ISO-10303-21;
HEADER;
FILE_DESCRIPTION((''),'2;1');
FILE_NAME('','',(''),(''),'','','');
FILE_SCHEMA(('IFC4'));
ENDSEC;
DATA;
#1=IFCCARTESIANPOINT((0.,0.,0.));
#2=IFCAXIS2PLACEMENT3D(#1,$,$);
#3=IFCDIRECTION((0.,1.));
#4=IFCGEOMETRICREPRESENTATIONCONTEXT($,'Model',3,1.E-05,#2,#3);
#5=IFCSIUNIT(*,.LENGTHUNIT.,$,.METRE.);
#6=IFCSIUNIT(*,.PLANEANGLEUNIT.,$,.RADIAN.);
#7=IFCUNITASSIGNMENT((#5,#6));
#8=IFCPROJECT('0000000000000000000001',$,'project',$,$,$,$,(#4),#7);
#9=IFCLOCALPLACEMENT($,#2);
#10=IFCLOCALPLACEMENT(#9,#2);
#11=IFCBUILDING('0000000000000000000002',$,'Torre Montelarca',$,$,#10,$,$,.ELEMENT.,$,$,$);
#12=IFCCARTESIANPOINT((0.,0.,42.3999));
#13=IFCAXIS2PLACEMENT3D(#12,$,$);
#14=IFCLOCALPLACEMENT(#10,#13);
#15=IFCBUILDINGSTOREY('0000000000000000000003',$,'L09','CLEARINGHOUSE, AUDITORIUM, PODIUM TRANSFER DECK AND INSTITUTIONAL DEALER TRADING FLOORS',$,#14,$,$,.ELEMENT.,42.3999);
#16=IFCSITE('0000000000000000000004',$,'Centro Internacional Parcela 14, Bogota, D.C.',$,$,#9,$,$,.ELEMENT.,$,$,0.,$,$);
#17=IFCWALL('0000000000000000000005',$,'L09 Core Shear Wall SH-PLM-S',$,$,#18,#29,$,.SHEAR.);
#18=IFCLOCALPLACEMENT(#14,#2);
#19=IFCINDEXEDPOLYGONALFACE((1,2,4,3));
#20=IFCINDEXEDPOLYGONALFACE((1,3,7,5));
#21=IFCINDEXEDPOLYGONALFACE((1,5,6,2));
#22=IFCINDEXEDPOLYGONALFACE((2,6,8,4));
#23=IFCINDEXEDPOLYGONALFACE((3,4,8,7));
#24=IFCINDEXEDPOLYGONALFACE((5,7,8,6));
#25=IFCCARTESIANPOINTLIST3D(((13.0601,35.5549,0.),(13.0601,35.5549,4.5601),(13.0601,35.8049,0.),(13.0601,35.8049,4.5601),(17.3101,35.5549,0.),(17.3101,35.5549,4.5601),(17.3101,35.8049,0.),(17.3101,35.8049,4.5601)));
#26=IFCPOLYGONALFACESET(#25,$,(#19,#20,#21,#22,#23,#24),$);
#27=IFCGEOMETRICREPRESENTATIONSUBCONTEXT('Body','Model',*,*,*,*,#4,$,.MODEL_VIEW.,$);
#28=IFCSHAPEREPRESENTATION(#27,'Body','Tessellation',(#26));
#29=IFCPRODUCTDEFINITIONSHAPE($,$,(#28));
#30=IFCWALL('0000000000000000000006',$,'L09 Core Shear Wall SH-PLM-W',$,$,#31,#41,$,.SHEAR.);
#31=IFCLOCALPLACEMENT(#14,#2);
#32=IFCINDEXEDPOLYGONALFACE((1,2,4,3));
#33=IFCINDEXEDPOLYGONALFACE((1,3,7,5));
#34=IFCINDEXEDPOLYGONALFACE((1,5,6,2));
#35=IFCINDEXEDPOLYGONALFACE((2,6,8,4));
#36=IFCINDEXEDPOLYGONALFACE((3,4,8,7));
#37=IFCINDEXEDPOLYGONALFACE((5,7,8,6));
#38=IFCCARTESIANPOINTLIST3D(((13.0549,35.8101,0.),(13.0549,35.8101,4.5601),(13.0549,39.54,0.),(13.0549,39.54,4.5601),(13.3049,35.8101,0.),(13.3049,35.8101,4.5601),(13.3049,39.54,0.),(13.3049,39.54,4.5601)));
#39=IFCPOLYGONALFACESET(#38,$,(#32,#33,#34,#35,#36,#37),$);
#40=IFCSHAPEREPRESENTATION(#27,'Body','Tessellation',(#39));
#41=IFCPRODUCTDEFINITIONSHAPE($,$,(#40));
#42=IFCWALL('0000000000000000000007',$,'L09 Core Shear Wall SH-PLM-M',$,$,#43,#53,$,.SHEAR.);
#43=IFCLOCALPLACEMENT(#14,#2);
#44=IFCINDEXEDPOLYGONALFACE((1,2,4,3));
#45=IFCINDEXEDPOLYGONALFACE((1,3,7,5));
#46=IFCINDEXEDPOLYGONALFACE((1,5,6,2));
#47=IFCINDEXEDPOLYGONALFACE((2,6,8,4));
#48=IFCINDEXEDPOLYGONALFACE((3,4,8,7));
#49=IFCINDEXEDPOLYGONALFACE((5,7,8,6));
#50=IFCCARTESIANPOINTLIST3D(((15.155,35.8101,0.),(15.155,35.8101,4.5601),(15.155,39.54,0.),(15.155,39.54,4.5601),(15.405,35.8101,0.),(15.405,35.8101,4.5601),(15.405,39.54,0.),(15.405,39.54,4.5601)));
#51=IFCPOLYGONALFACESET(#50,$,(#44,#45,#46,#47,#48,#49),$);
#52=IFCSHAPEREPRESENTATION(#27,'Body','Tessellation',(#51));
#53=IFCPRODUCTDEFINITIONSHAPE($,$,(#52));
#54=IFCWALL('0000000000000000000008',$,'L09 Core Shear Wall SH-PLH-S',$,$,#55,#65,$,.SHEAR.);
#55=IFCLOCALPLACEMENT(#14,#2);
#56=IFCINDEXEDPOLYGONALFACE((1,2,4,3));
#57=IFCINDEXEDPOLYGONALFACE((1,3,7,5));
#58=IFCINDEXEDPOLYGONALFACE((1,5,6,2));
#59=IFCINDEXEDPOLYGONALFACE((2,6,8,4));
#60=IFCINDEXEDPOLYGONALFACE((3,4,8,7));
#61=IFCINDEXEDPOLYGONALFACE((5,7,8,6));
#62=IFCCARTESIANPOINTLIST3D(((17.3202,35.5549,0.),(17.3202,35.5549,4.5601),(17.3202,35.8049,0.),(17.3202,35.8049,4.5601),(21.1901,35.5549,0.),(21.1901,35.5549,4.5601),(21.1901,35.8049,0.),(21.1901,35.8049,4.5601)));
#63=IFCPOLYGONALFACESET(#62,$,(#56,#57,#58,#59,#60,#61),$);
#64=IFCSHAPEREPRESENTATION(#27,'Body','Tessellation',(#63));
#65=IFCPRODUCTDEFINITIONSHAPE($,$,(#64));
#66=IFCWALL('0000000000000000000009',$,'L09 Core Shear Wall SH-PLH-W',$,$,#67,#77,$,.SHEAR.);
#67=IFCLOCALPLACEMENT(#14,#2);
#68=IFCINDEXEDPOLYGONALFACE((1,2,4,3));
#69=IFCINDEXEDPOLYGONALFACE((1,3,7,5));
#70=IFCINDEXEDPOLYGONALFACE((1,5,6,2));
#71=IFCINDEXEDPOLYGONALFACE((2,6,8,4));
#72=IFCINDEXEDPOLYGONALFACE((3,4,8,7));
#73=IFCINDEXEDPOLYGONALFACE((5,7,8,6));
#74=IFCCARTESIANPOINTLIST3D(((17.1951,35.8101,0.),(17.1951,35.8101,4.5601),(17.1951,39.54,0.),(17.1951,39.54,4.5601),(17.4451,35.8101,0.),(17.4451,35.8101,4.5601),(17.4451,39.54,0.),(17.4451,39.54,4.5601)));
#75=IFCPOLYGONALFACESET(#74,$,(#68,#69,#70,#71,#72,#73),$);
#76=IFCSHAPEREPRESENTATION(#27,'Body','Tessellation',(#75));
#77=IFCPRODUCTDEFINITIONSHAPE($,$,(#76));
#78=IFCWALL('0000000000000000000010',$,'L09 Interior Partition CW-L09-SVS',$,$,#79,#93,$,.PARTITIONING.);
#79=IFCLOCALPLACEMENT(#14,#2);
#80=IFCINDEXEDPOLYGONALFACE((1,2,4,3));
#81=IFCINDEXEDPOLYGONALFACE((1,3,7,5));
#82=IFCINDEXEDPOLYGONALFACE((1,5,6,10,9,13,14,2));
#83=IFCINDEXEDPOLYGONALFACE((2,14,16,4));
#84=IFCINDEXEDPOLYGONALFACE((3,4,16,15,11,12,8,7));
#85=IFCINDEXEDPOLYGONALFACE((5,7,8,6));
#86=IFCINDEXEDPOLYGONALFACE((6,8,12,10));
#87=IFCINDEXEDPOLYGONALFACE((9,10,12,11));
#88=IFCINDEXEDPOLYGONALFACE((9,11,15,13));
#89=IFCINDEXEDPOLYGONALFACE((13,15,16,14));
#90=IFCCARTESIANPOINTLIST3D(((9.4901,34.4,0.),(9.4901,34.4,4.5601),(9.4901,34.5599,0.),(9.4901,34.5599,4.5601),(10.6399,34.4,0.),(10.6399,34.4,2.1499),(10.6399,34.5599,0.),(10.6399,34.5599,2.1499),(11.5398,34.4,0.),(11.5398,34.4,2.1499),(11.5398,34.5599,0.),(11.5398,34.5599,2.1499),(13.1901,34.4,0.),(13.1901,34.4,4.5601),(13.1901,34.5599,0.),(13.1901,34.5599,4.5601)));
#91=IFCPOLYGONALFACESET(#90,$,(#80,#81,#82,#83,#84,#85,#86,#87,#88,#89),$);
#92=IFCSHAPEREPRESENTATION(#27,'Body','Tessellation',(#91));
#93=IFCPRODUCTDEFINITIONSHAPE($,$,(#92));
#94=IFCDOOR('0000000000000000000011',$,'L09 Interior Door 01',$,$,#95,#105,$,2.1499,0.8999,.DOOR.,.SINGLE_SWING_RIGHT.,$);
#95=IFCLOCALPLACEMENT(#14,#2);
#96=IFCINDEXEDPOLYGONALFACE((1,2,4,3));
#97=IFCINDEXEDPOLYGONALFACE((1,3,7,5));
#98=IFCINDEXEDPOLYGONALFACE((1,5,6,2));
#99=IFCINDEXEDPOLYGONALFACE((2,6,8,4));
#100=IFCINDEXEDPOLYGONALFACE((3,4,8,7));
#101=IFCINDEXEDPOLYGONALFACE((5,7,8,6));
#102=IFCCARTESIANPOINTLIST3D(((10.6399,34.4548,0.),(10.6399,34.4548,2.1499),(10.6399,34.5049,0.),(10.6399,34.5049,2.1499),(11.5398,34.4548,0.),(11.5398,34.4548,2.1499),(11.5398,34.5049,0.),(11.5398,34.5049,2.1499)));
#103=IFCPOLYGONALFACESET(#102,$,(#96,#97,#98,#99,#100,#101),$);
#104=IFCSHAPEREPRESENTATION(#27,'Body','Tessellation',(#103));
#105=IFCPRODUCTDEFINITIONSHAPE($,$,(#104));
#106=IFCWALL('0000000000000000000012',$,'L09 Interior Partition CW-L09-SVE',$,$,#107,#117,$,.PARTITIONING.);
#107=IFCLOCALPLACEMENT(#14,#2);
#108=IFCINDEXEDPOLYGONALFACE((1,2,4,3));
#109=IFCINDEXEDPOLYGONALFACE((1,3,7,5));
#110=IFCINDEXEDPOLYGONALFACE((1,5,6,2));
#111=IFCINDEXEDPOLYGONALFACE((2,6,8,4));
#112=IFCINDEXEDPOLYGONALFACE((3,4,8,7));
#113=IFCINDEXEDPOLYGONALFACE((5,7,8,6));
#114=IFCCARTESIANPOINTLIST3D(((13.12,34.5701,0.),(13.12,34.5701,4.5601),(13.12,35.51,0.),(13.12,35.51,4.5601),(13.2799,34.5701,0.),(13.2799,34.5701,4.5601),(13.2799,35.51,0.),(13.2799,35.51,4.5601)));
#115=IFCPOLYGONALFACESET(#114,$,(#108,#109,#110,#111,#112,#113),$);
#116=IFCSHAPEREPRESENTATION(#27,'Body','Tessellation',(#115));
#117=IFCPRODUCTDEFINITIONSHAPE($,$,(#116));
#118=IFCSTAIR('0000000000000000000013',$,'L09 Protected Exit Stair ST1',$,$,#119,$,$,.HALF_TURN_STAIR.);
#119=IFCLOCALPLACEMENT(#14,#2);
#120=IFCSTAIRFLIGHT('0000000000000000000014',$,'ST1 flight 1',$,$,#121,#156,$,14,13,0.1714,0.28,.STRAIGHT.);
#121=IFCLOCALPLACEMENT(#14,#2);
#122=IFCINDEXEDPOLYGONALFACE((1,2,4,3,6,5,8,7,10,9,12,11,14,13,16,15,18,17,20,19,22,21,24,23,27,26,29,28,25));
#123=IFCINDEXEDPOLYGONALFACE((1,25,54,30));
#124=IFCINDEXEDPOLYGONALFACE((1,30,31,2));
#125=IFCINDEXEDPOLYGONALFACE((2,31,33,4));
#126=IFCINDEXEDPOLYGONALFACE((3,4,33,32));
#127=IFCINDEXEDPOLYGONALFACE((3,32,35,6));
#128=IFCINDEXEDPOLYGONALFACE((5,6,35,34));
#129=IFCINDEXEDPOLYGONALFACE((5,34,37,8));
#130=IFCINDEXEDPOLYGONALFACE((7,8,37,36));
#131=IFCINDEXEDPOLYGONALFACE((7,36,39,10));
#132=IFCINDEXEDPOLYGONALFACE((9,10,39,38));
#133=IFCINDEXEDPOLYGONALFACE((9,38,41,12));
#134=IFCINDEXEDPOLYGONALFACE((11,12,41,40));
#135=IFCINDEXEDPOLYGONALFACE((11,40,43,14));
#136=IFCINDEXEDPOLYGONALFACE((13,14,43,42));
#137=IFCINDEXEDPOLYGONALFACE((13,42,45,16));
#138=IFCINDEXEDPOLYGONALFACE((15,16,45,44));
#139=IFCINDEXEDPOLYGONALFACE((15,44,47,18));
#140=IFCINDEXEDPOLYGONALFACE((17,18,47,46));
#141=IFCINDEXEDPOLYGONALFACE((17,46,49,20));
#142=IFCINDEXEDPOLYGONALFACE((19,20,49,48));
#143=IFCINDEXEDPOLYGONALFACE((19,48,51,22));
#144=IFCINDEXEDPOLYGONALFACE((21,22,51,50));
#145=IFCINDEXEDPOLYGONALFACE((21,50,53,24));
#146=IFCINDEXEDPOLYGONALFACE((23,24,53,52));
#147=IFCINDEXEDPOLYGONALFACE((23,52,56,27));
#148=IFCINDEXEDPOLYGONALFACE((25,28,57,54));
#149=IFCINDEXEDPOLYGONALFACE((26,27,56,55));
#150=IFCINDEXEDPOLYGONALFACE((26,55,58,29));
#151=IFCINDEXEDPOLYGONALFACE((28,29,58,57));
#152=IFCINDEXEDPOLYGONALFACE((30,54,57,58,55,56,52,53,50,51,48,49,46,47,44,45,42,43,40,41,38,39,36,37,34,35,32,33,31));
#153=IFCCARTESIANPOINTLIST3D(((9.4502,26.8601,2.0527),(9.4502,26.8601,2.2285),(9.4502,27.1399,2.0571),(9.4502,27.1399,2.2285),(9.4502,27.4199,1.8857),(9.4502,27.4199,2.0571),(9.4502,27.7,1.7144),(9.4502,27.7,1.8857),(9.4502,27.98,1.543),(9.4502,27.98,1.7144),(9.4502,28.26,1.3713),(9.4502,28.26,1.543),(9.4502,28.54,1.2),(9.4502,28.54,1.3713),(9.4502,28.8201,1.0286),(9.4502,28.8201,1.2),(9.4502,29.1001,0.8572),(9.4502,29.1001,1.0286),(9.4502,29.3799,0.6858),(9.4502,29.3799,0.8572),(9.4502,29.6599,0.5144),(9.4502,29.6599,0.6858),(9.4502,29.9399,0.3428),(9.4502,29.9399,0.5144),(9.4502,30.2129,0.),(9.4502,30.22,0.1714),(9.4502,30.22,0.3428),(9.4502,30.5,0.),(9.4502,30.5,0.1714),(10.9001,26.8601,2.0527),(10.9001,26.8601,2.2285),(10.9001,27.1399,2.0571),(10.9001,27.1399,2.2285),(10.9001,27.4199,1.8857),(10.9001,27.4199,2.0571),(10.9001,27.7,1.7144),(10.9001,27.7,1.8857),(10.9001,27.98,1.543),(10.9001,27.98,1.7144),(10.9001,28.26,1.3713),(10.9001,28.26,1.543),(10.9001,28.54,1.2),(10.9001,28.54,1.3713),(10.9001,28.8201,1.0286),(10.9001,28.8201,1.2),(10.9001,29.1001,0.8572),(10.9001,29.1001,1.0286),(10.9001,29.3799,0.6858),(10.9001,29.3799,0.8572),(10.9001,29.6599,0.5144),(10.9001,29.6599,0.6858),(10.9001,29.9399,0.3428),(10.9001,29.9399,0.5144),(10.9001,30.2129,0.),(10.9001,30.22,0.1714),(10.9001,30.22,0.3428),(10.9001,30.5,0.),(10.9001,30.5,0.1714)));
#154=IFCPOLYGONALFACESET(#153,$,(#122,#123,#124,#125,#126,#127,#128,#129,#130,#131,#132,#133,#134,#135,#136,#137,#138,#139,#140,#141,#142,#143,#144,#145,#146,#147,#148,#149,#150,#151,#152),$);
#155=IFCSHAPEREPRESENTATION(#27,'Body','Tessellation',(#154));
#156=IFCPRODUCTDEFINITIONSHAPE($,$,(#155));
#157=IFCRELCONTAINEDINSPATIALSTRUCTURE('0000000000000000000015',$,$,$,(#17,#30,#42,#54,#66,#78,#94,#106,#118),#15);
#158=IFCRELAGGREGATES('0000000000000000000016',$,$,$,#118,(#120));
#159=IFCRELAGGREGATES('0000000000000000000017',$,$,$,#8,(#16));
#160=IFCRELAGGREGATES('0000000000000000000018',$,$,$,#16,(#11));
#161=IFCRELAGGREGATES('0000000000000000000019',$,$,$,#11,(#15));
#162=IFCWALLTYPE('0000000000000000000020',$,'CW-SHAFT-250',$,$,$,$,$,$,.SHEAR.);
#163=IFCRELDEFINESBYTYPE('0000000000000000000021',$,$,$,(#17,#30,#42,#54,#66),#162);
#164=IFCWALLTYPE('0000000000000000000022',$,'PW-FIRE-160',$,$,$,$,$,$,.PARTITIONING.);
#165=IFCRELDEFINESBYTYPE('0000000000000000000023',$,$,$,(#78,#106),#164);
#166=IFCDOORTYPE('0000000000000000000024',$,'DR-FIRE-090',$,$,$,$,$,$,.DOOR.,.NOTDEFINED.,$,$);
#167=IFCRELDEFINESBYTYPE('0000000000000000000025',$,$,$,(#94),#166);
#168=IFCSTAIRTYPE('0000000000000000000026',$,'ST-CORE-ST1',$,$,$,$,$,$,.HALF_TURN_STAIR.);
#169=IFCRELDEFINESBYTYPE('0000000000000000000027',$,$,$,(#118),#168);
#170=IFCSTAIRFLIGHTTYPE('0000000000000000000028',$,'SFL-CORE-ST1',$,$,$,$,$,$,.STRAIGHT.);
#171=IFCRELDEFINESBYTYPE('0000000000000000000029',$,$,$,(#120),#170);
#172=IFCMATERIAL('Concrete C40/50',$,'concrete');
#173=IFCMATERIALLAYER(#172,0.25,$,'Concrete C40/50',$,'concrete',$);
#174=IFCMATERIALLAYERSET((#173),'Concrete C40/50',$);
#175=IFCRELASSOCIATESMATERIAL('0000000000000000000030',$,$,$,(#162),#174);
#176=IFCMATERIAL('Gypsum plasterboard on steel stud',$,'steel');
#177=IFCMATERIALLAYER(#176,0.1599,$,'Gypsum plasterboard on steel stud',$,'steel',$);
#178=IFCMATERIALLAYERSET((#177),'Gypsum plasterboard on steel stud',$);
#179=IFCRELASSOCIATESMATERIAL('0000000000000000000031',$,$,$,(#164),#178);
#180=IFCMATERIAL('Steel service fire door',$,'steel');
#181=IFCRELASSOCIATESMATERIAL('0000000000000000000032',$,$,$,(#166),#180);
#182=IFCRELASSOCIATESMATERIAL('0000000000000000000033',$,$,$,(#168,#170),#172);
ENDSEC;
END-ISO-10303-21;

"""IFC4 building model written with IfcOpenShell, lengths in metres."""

from ifc_helpers import new_model, si_unit, direction, frame, frame_2d, origin, place, context, subcontext, project, spatial, polyline, rectangle, outline, extrude, source, transform, mapped, material, layer, layer_set, type_object, element, fill, aggregate, save


model = new_model("IFC4")

# Units and contexts
model_context = context("Model", 3, precision=1e-05, world=origin(), true_north=direction((0.0, 1.0)))
body_context = subcontext(model_context, "Body", "Model", "MODEL_VIEW")
ifc_project = project(units=[si_unit("LENGTHUNIT", "METRE"), si_unit("PLANEANGLEUNIT", "RADIAN")], contexts=[model_context])

# Site, building, storey
site_placement = place(None, origin())
site = spatial("IfcSite", under=ifc_project, at=site_placement, Name="Centro Internacional Parcela 14, Bogota, D.C.", CompositionType="ELEMENT", RefElevation=0.0)
building_placement = place(site_placement, origin())
building = spatial("IfcBuilding", under=site, at=building_placement, Name="Torre Montelarca", CompositionType="ELEMENT")
storey_placement = place(building_placement, frame((0.0, 0.0, 42.3999)))
storey = spatial("IfcBuildingStorey", under=building, at=storey_placement, Name="L09", Description="CLEARINGHOUSE, AUDITORIUM, PODIUM TRANSFER DECK AND INSTITUTIONAL DEALER TRADING FLOORS", CompositionType="ELEMENT", Elevation=42.3999)

# Shared definitions
ifc_material_1 = material(Name="Concrete C40/50", Category="concrete")
ifc_layer_1 = layer(ifc_material_1, 0.25, Name="Concrete C40/50", Category="concrete")
ifc_layer_set_1 = layer_set([ifc_layer_1], Name="Concrete C40/50")
wall_type_1 = type_object("IfcWallType", Name="CW-SHAFT-250", PredefinedType="SHEAR", material=ifc_layer_set_1)

# Walls
wall_1_placement = place(storey_placement, frame((13.0601, 35.6799, 0.0), z_axis=(0.0, 0.0, 1.0), x_axis=(1.0, 0.0, 0.0)))
element("IfcWall", 1, at=wall_1_placement, inside=storey, type_object=wall_type_1, Name="L09 Core Shear Wall SH-PLM-S", PredefinedType="SHEAR", context=body_context, shape_type="SweptSolid", body=[
    extrude(rectangle(XDim=4.25, YDim=0.25, at=frame_2d((2.125, 0.0))), origin(), (0.0, 0.0, 1.0), 4.5601),
])
for number, where, z_axis, x_axis, name in (
    (2, (13.1799, 35.8101, 0.0), (0.0, 0.0, 1.0), (0.0, 1.0, 0.0), "L09 Core Shear Wall SH-PLM-W"),
    (3, (15.28, 35.8101, 0.0), (0.0, 0.0, 1.0), (0.0, 1.0, 0.0), "L09 Core Shear Wall SH-PLM-M"),
):
    element("IfcWall", number, at=place(storey_placement, frame(where, z_axis=z_axis, x_axis=x_axis)), inside=storey, type_object=wall_type_1, Name=name, PredefinedType="SHEAR", context=body_context, shape_type="SweptSolid", body=[
        extrude(rectangle(XDim=3.73, YDim=0.25, at=frame_2d((1.865, 0.0))), origin(), (0.0, 0.0, 1.0), 4.5601),
    ])
wall_2_placement = place(storey_placement, frame((17.3201, 35.6799, 0.0), z_axis=(0.0, 0.0, 1.0), x_axis=(1.0, 0.0, 0.0)))
element("IfcWall", 4, at=wall_2_placement, inside=storey, type_object=wall_type_1, Name="L09 Core Shear Wall SH-PLH-S", PredefinedType="SHEAR", context=body_context, shape_type="SweptSolid", body=[
    extrude(rectangle(XDim=3.8699, YDim=0.25, at=frame_2d((1.9351, 0.0))), origin(), (0.0, 0.0, 1.0), 4.5601),
])
wall_3_placement = place(storey_placement, frame((17.3201, 35.8101, 0.0), z_axis=(0.0, 0.0, 1.0), x_axis=(0.0, 1.0, 0.0)))
element("IfcWall", 5, at=wall_3_placement, inside=storey, type_object=wall_type_1, Name="L09 Core Shear Wall SH-PLH-W", PredefinedType="SHEAR", context=body_context, shape_type="SweptSolid", body=[
    extrude(rectangle(XDim=3.73, YDim=0.25, at=frame_2d((1.865, 0.0))), origin(), (0.0, 0.0, 1.0), 4.5601),
])

# Wall, opening, door
ifc_material_2 = material(Name="Gypsum plasterboard on steel stud", Category="steel")
ifc_layer_2 = layer(ifc_material_2, 0.1599, Name="Gypsum plasterboard on steel stud", Category="steel")
ifc_layer_set_2 = layer_set([ifc_layer_2], Name="Gypsum plasterboard on steel stud")
wall_type_2 = type_object("IfcWallType", Name="PW-FIRE-160", PredefinedType="PARTITIONING", material=ifc_layer_set_2)
wall_4_placement = place(storey_placement, frame((9.49, 34.48, 0.0), z_axis=(0.0, 0.0, 1.0), x_axis=(1.0, 0.0, 0.0)))
wall_4 = element("IfcWall", 6, at=wall_4_placement, inside=storey, type_object=wall_type_2, Name="L09 Interior Partition CW-L09-SVS", PredefinedType="PARTITIONING", context=body_context, shape_type="SweptSolid", body=[
    extrude(rectangle(XDim=3.7, YDim=0.1599, at=frame_2d((1.8501, 0.0))), origin(), (0.0, 0.0, 1.0), 4.5601),
])
opening_1_placement = place(wall_4_placement, frame((1.1499, 0.0, 0.0)))
opening_1 = element("IfcOpeningElement", 7, at=opening_1_placement, cuts=wall_4, PredefinedType="OPENING", context=body_context, shape_type="SweptSolid", body=[
    extrude(rectangle(XDim=0.8999, YDim=2.1499, at=frame_2d((0.45, 1.075))), frame((0.0, 0.0898, 0.0), z_axis=(0.0, -1.0, 0.0), x_axis=(1.0, 0.0, 0.0)), (0.0, 0.0, 1.0), 0.1799),
])
ifc_material_3 = material(Name="Steel service fire door", Category="steel")
door_type_1 = type_object("IfcDoorType", Name="DR-FIRE-090", OperationType="NOTDEFINED", PredefinedType="DOOR", material=ifc_material_3)
shared_shape_1 = source(origin(), body_context, "Body", "SweptSolid", [
    extrude(rectangle(XDim=0.8999, YDim=2.1499, at=frame_2d((0.45, 1.075))), frame((0.0, 0.0249, 0.0), z_axis=(0.0, -1.0, 0.0), x_axis=(1.0, 0.0, 0.0)), (0.0, 0.0, 1.0), 0.05),
])
door_1_placement = place(opening_1_placement, origin())
door_1 = element("IfcDoor", 8, at=door_1_placement, inside=storey, type_object=door_type_1, Name="L09 Interior Door 01", OperationType="SINGLE_SWING_RIGHT", OverallHeight=2.1499, OverallWidth=0.8999, PredefinedType="DOOR", context=body_context, shape_type="MappedRepresentation", body=[
    mapped(shared_shape_1, transform((0.0, 0.0, 0.0), scale=1.0)),
])
fill(opening_1, door_1)

# Wall
wall_5_placement = place(storey_placement, frame((13.2, 34.5701, 0.0), z_axis=(0.0, 0.0, 1.0), x_axis=(0.0, 1.0, 0.0)))
element("IfcWall", 9, at=wall_5_placement, inside=storey, type_object=wall_type_2, Name="L09 Interior Partition CW-L09-SVE", PredefinedType="PARTITIONING", context=body_context, shape_type="SweptSolid", body=[
    extrude(rectangle(XDim=0.9399, YDim=0.1599, at=frame_2d((0.47, 0.0))), origin(), (0.0, 0.0, 1.0), 4.5601),
])

# Stair, stair flight
stair_type = type_object("IfcStairType", Name="ST-CORE-ST1", PredefinedType="HALF_TURN_STAIR", material=ifc_material_1)
stair_placement = place(storey_placement, origin())
stair = element("IfcStair", 10, at=stair_placement, inside=storey, type_object=stair_type, Name="L09 Protected Exit Stair ST1", PredefinedType="HALF_TURN_STAIR")
stair_flight_type = type_object("IfcStairFlightType", Name="SFL-CORE-ST1", PredefinedType="STRAIGHT", material=ifc_material_1)
stair_flight_placement = place(storey_placement, frame((10.175, 30.5, 0.0), z_axis=(0.0, 0.0, 1.0), x_axis=(0.0, -1.0, 0.0)))
stair_flight = element("IfcStairFlight", 11, at=stair_flight_placement, type_object=stair_flight_type, Name="ST1 flight 1", NumberOfRisers=14, NumberOfTreads=13, PredefinedType="STRAIGHT", RiserHeight=0.1714, TreadLength=0.28, context=body_context, shape_type="SweptSolid", body=[
    extrude(outline(polyline([(0.0, 0.0), (0.0, 0.1714), (0.28, 0.1714), (0.28, 0.3428), (0.5601, 0.3428), (0.5601, 0.5144), (0.8401, 0.5144), (0.8401, 0.6858), (1.1201, 0.6858), (1.1201, 0.8572), (1.3999, 0.8572), (1.3999, 1.0286), (1.6799, 1.0286), (1.6799, 1.2), (1.96, 1.2), (1.96, 1.3713), (2.24, 1.3713), (2.24, 1.543), (2.52, 1.543), (2.52, 1.7144), (2.8, 1.7144), (2.8, 1.8857), (3.0801, 1.8857), (3.0801, 2.0571), (3.3601, 2.0571), (3.3601, 2.2285), (3.6399, 2.2285), (3.6399, 2.3999), (3.6399, 2.0527), (0.2871, 0.0), (0.0, 0.0)])), frame((0.0, 0.7251, 0.0), z_axis=(0.0, -1.0, 0.0), x_axis=(1.0, 0.0, 0.0)), (0.0, 0.0, 1.0), 1.45),
])
aggregate(stair, [stair_flight])

save(model, "model.ifc")
